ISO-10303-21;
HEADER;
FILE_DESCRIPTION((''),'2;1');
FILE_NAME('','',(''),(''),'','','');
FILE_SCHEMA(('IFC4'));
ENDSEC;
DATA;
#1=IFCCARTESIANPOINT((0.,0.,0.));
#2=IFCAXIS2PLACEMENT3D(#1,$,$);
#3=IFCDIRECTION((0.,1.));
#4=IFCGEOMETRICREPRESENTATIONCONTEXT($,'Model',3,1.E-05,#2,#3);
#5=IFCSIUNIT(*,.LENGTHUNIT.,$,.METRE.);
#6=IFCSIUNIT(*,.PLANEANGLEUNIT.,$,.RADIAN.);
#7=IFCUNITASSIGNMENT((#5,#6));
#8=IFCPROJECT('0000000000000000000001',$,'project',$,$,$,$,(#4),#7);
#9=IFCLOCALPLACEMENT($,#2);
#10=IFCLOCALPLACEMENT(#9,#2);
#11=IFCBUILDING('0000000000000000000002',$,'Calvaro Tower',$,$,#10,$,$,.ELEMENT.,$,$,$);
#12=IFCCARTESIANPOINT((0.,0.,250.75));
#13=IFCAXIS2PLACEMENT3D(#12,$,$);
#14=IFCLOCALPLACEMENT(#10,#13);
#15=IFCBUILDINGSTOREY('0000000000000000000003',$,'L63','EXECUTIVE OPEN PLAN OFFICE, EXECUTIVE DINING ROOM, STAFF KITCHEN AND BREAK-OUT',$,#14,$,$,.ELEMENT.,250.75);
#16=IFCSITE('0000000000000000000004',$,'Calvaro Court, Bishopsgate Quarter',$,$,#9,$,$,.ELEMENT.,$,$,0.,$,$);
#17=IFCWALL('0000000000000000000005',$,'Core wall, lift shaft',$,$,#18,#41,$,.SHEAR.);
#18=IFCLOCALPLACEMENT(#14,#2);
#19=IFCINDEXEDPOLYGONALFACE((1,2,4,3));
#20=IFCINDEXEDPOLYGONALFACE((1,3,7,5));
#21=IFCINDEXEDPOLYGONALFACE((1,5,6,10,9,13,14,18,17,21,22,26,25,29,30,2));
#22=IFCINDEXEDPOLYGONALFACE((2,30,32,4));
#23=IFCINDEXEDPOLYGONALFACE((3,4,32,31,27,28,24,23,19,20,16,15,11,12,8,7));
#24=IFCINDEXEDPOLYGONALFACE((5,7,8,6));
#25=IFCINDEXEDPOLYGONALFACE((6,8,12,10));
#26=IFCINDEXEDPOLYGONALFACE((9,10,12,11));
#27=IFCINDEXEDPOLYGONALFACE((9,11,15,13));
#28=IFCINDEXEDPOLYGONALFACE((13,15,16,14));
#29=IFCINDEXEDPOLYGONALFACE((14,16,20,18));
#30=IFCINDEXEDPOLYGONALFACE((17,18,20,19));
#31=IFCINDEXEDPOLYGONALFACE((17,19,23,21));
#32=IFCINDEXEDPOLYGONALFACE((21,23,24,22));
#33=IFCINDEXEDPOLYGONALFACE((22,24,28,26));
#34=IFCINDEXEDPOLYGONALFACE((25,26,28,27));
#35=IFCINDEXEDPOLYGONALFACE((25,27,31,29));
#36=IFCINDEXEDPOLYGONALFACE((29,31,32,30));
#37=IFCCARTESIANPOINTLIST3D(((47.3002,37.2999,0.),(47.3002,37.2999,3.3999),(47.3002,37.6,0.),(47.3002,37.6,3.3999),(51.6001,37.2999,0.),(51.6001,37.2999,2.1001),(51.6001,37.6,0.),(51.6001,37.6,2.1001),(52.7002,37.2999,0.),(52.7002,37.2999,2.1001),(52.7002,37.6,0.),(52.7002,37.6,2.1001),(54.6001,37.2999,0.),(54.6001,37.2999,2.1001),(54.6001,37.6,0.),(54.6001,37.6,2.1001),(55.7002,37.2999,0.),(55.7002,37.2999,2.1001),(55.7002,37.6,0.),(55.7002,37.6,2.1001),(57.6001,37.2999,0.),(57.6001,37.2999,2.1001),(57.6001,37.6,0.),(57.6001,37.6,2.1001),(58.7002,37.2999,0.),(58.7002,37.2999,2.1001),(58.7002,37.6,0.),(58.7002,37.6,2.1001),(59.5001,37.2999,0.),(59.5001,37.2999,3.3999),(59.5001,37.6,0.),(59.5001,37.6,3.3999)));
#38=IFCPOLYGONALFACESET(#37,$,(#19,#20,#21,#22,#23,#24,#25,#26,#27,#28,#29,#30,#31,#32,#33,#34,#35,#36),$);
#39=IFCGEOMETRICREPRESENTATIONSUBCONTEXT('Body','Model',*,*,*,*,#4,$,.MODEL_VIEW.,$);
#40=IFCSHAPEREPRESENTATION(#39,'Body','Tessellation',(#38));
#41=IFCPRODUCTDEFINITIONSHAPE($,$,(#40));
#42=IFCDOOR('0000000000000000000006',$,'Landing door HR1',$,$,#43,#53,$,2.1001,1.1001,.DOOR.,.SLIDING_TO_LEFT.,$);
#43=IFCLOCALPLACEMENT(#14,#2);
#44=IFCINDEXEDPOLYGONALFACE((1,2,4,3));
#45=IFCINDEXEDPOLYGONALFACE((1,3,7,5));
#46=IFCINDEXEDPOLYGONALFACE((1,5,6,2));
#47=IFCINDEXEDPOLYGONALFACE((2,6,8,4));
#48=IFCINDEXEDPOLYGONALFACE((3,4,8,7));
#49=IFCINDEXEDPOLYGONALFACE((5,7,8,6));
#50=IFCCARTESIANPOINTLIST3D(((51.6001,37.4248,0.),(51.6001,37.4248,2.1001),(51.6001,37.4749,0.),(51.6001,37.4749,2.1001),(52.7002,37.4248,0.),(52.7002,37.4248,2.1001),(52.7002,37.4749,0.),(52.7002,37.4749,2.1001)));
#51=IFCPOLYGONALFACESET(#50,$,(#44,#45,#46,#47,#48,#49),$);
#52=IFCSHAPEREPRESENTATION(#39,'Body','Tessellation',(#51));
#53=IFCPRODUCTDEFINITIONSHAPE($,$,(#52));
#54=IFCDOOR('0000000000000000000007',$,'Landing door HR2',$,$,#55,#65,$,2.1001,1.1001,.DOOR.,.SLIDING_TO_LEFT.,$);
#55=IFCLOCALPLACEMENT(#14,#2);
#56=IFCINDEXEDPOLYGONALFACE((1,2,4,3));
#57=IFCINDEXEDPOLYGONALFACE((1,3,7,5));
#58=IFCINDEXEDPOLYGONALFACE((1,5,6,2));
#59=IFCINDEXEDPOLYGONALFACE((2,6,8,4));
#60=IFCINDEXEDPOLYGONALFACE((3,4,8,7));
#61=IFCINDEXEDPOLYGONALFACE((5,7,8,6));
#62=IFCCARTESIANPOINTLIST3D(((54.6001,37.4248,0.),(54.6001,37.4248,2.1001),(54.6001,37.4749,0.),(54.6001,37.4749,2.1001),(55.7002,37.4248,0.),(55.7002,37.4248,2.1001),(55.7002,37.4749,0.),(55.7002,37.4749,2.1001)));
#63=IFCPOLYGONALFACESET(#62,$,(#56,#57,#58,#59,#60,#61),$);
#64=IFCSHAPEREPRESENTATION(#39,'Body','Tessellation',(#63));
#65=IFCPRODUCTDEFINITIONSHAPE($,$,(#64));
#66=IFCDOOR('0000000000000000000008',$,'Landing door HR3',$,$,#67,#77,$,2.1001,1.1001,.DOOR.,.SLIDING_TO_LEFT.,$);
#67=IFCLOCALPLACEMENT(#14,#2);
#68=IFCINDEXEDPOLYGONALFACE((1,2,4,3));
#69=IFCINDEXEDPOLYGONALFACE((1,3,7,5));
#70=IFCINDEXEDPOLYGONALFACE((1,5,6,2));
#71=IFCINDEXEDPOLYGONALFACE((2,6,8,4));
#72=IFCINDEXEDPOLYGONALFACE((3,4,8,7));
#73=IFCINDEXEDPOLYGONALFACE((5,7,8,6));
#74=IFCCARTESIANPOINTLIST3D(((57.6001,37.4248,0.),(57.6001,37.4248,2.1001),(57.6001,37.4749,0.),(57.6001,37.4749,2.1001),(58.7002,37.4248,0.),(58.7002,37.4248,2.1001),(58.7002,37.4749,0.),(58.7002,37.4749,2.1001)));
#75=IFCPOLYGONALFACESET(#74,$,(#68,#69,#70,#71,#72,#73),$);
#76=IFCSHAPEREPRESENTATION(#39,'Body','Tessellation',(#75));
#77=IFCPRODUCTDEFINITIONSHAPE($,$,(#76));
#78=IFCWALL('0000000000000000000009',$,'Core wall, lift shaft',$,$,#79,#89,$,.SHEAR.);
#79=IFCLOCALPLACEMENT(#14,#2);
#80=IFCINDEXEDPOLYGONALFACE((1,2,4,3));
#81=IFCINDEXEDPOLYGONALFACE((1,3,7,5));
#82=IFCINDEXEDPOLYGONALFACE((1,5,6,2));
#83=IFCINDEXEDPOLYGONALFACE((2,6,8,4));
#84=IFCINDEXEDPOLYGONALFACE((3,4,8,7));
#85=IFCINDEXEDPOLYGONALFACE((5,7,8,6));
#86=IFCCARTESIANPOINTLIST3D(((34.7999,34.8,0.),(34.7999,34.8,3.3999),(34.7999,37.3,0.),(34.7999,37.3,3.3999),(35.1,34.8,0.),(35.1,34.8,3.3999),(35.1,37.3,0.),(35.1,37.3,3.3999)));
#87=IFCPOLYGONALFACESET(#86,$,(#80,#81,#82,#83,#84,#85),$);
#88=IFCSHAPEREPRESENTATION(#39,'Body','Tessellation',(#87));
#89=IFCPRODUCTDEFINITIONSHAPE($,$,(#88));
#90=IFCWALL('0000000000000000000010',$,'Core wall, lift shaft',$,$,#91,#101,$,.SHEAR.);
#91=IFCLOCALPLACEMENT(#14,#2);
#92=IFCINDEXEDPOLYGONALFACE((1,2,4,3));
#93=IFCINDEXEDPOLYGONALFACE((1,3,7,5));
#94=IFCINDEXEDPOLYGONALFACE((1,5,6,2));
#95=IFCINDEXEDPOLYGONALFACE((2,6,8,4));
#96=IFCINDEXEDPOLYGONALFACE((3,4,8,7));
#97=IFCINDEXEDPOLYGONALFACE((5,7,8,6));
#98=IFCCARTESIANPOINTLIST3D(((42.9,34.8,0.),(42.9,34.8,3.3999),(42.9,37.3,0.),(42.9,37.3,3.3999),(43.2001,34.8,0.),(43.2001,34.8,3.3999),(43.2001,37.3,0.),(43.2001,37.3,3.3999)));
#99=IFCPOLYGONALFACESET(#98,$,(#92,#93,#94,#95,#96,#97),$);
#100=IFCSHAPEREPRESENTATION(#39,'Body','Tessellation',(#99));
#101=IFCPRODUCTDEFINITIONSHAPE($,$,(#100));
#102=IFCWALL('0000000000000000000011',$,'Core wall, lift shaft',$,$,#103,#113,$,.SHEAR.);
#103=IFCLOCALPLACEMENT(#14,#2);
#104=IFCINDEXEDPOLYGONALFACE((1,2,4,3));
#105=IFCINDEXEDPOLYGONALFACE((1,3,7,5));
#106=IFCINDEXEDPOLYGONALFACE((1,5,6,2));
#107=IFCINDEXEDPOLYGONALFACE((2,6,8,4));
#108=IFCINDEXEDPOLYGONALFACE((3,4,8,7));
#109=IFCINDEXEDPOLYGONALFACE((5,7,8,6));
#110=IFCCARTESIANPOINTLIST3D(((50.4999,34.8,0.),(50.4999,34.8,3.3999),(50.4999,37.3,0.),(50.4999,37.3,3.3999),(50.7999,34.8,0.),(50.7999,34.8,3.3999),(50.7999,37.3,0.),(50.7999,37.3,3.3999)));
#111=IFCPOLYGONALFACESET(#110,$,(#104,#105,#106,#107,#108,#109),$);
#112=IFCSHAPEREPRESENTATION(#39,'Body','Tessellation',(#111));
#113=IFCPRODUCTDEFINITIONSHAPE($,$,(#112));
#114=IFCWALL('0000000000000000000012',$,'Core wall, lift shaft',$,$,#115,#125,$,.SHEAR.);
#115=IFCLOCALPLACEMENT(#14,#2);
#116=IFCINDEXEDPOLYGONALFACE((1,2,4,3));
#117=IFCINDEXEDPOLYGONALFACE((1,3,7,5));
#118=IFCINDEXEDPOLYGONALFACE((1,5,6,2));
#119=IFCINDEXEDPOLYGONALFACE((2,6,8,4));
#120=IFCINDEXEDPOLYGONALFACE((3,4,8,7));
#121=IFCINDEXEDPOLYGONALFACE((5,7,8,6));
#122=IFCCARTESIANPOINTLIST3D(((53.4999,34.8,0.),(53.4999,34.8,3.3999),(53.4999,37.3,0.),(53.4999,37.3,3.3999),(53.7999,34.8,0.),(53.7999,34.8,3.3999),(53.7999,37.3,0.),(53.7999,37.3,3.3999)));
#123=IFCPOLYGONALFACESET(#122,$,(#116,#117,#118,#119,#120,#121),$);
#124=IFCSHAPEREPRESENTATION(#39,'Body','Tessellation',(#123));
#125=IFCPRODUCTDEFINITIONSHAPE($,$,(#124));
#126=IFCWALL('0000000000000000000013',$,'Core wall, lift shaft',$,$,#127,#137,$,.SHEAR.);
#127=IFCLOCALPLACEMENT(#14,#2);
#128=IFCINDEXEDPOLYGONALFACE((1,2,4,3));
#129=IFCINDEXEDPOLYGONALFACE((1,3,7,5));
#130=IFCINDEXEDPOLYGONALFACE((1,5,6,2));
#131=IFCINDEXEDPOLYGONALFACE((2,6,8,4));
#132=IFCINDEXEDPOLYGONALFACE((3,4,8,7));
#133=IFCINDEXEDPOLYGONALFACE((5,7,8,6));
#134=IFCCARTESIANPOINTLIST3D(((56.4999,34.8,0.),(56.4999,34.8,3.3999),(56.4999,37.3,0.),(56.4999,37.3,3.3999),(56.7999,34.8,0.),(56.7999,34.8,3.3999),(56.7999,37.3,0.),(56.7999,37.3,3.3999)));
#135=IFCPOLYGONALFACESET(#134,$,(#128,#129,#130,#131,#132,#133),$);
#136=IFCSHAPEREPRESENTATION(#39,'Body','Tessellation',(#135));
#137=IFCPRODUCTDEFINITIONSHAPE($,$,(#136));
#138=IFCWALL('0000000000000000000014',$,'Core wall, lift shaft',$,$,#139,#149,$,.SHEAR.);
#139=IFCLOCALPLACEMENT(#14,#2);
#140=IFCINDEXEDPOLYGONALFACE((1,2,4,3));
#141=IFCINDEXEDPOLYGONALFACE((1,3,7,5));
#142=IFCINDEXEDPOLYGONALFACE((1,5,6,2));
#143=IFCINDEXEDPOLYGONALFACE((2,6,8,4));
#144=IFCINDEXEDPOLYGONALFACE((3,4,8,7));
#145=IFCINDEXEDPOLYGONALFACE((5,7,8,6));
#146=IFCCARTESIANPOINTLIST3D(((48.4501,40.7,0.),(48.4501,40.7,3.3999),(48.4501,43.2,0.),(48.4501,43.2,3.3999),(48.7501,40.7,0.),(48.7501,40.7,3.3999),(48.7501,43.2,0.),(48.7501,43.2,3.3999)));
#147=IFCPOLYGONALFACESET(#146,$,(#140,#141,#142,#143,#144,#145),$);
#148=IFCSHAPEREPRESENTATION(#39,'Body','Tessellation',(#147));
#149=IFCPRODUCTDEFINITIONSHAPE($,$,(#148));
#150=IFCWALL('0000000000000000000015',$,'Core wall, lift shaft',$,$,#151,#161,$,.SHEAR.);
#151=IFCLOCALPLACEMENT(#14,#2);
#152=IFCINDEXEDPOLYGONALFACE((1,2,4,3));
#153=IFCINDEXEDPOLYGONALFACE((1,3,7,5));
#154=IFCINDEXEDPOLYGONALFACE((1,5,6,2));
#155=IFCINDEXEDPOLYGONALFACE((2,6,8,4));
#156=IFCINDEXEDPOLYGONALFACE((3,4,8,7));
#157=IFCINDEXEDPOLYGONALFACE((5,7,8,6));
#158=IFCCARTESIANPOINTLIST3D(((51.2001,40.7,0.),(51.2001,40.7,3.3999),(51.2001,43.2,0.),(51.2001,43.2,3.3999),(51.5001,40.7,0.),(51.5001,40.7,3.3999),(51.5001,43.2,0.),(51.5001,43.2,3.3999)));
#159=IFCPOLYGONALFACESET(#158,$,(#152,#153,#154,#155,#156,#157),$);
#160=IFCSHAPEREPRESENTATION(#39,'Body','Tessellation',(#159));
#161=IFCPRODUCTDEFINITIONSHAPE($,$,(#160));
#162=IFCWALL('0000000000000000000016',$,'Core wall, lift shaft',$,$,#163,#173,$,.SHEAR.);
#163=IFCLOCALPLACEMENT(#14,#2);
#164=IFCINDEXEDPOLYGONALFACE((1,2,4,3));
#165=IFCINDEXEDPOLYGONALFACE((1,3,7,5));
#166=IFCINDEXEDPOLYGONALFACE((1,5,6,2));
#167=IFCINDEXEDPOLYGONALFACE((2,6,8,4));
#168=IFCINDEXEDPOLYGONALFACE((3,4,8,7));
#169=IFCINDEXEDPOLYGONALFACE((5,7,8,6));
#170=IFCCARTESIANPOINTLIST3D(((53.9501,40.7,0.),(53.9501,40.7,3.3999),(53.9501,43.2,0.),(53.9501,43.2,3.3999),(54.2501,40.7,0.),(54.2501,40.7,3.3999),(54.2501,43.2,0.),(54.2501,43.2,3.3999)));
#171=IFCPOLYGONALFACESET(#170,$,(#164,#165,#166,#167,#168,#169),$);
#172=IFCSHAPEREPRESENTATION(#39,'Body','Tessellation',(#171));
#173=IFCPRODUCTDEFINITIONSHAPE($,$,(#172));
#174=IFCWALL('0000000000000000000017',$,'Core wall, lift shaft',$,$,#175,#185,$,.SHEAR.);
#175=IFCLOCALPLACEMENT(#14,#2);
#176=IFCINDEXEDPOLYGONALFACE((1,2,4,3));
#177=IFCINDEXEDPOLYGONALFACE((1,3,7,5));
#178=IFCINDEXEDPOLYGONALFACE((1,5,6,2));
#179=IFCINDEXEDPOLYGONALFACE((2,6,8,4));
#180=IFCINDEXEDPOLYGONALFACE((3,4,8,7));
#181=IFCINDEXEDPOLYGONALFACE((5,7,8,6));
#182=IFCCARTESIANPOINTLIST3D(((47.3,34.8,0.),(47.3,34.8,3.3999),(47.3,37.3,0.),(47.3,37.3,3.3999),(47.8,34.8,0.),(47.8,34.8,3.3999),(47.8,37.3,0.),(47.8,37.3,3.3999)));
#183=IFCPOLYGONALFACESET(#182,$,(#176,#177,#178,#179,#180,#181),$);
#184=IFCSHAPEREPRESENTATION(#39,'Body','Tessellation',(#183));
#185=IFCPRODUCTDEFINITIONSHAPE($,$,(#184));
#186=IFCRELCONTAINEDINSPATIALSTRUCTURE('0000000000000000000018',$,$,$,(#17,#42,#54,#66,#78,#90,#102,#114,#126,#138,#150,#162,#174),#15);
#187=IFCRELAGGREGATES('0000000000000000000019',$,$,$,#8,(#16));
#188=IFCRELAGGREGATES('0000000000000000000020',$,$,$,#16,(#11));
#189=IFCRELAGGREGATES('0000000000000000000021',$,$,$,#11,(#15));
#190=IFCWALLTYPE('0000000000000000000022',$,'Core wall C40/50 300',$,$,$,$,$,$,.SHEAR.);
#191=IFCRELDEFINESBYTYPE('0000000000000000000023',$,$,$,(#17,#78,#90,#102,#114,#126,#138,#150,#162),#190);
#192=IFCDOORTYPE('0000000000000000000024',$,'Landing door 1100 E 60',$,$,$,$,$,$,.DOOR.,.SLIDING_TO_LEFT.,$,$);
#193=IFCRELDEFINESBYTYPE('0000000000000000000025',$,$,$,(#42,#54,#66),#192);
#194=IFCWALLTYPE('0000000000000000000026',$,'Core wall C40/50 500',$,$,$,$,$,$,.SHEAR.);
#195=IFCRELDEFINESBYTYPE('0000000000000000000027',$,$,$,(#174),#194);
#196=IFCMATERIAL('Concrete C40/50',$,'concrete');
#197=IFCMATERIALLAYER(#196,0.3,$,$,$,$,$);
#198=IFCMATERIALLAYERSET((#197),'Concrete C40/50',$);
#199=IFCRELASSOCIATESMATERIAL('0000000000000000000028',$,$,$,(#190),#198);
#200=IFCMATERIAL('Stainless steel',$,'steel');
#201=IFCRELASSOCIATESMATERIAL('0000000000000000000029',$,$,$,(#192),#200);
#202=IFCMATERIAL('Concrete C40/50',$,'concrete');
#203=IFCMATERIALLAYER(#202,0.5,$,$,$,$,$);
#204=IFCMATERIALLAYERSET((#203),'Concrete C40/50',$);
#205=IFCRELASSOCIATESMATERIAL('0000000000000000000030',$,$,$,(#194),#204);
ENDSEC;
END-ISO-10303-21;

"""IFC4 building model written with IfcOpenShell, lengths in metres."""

from ifc_helpers import new_model, si_unit, direction, frame, frame_2d, origin, place, context, subcontext, project, spatial, rectangle, extrude, material, layer, layer_set, type_object, element, fill, save


model = new_model("IFC4")

# Units and contexts
model_context = context("Model", 3, precision=1e-05, world=origin(), true_north=direction((0.0, 1.0)))
body_context = subcontext(model_context, "Body", "Model", "MODEL_VIEW")
ifc_project = project(units=[si_unit("LENGTHUNIT", "METRE"), si_unit("PLANEANGLEUNIT", "RADIAN")], contexts=[model_context])

# Site, building, storey
site_placement = place(None, origin())
site = spatial("IfcSite", under=ifc_project, at=site_placement, Name="Calvaro Court, Bishopsgate Quarter", CompositionType="ELEMENT", RefElevation=0.0)
building_placement = place(site_placement, origin())
building = spatial("IfcBuilding", under=site, at=building_placement, Name="Calvaro Tower", CompositionType="ELEMENT")
storey_placement = place(building_placement, frame((0.0, 0.0, 250.75)))
storey = spatial("IfcBuildingStorey", under=building, at=storey_placement, Name="L63", Description="EXECUTIVE OPEN PLAN OFFICE, EXECUTIVE DINING ROOM, STAFF KITCHEN AND BREAK-OUT", CompositionType="ELEMENT", Elevation=250.75)

# Shared definitions
ifc_material_1 = material(Name="Concrete C40/50", Category="concrete")
ifc_layer_1 = layer(ifc_material_1, 0.3)
ifc_layer_set_1 = layer_set([ifc_layer_1], Name="Concrete C40/50")
wall_type_1 = type_object("IfcWallType", Name="Core wall C40/50 300", PredefinedType="SHEAR", material=ifc_layer_set_1)

# Shared definitions
ifc_material_2 = material(Name="Stainless steel", Category="steel")
door_type_1 = type_object("IfcDoorType", Name="Landing door 1100 E 60", OperationType="SLIDING_TO_LEFT", PredefinedType="DOOR", material=ifc_material_2)

# Wall, openings, doors
wall_1_placement = place(storey_placement, frame((47.3, 37.45, 0.0), z_axis=(0.0, 0.0, 1.0), x_axis=(1.0, 0.0, 0.0)))
wall_1 = element("IfcWall", 1, at=wall_1_placement, inside=storey, type_object=wall_type_1, Name="Core wall, lift shaft", PredefinedType="SHEAR", context=body_context, shape_type="SweptSolid", body=[
    extrude(rectangle(XDim=12.2, YDim=0.3, at=frame_2d((6.1001, 0.0))), origin(), (0.0, 0.0, 1.0), 3.3999),
])
opening_1_placement = place(wall_1_placement, frame((4.3, 0.0, 0.0)))
opening_1 = element("IfcOpeningElement", 2, at=opening_1_placement, cuts=wall_1, PredefinedType="OPENING", context=body_context, shape_type="SweptSolid", body=[
    extrude(rectangle(XDim=1.1001, YDim=2.1001, at=frame_2d((0.55, 1.05))), frame((0.0, 0.1599, 0.0), z_axis=(0.0, -1.0, 0.0), x_axis=(1.0, 0.0, 0.0)), (0.0, 0.0, 1.0), 0.3201),
])
opening_2_placement = place(wall_1_placement, frame((7.3, 0.0, 0.0)))
opening_2 = element("IfcOpeningElement", 3, at=opening_2_placement, cuts=wall_1, PredefinedType="OPENING", context=body_context, shape_type="SweptSolid", body=[
    extrude(rectangle(XDim=1.1001, YDim=2.1001, at=frame_2d((0.55, 1.05))), frame((0.0, 0.1599, 0.0), z_axis=(0.0, -1.0, 0.0), x_axis=(1.0, 0.0, 0.0)), (0.0, 0.0, 1.0), 0.3201),
])
opening_3_placement = place(wall_1_placement, frame((10.3, 0.0, 0.0)))
opening_3 = element("IfcOpeningElement", 4, at=opening_3_placement, cuts=wall_1, PredefinedType="OPENING", context=body_context, shape_type="SweptSolid", body=[
    extrude(rectangle(XDim=1.1001, YDim=2.1001, at=frame_2d((0.55, 1.05))), frame((0.0, 0.1599, 0.0), z_axis=(0.0, -1.0, 0.0), x_axis=(1.0, 0.0, 0.0)), (0.0, 0.0, 1.0), 0.3201),
])
door_1_placement = place(opening_1_placement, origin())
door_1 = element("IfcDoor", 5, at=door_1_placement, inside=storey, type_object=door_type_1, Name="Landing door HR1", OperationType="SLIDING_TO_LEFT", OverallHeight=2.1001, OverallWidth=1.1001, PredefinedType="DOOR", context=body_context, shape_type="SweptSolid", body=[
    extrude(rectangle(XDim=1.1001, YDim=2.1001, at=frame_2d((0.55, 1.05))), frame((0.0, 0.0249, 0.0), z_axis=(0.0, -1.0, 0.0), x_axis=(1.0, 0.0, 0.0)), (0.0, 0.0, 1.0), 0.05),
])
fill(opening_1, door_1)
door_2_placement = place(opening_2_placement, origin())
door_2 = element("IfcDoor", 6, at=door_2_placement, inside=storey, type_object=door_type_1, Name="Landing door HR2", OperationType="SLIDING_TO_LEFT", OverallHeight=2.1001, OverallWidth=1.1001, PredefinedType="DOOR", context=body_context, shape_type="SweptSolid", body=[
    extrude(rectangle(XDim=1.1001, YDim=2.1001, at=frame_2d((0.55, 1.05))), frame((0.0, 0.0249, 0.0), z_axis=(0.0, -1.0, 0.0), x_axis=(1.0, 0.0, 0.0)), (0.0, 0.0, 1.0), 0.05),
])
fill(opening_2, door_2)
door_3_placement = place(opening_3_placement, origin())
door_3 = element("IfcDoor", 7, at=door_3_placement, inside=storey, type_object=door_type_1, Name="Landing door HR3", OperationType="SLIDING_TO_LEFT", OverallHeight=2.1001, OverallWidth=1.1001, PredefinedType="DOOR", context=body_context, shape_type="SweptSolid", body=[
    extrude(rectangle(XDim=1.1001, YDim=2.1001, at=frame_2d((0.55, 1.05))), frame((0.0, 0.0249, 0.0), z_axis=(0.0, -1.0, 0.0), x_axis=(1.0, 0.0, 0.0)), (0.0, 0.0, 1.0), 0.05),
])
fill(opening_3, door_3)

# Walls
for number, where, z_axis, x_axis, name in (
    (8, (34.95, 34.8, 0.0), (0.0, 0.0, 1.0), (0.0, 1.0, 0.0), "Core wall, lift shaft"),
    (9, (43.05, 34.8, 0.0), (0.0, 0.0, 1.0), (0.0, 1.0, 0.0), "Core wall, lift shaft"),
    (10, (50.6499, 34.8, 0.0), (0.0, 0.0, 1.0), (0.0, 1.0, 0.0), "Core wall, lift shaft"),
    (11, (53.6499, 34.8, 0.0), (0.0, 0.0, 1.0), (0.0, 1.0, 0.0), "Core wall, lift shaft"),
    (12, (56.6499, 34.8, 0.0), (0.0, 0.0, 1.0), (0.0, 1.0, 0.0), "Core wall, lift shaft"),
    (13, (48.6001, 40.7, 0.0), (0.0, 0.0, 1.0), (0.0, 1.0, 0.0), "Core wall, lift shaft"),
    (14, (51.3501, 40.7, 0.0), (0.0, 0.0, 1.0), (0.0, 1.0, 0.0), "Core wall, lift shaft"),
    (15, (54.1001, 40.7, 0.0), (0.0, 0.0, 1.0), (0.0, 1.0, 0.0), "Core wall, lift shaft"),
):
    element("IfcWall", number, at=place(storey_placement, frame(where, z_axis=z_axis, x_axis=x_axis)), inside=storey, type_object=wall_type_1, Name=name, PredefinedType="SHEAR", context=body_context, shape_type="SweptSolid", body=[
        extrude(rectangle(XDim=2.5, YDim=0.3, at=frame_2d((1.25, 0.0))), origin(), (0.0, 0.0, 1.0), 3.3999),
    ])
ifc_material_3 = material(Name="Concrete C40/50", Category="concrete")
ifc_layer_2 = layer(ifc_material_3, 0.5)
ifc_layer_set_2 = layer_set([ifc_layer_2], Name="Concrete C40/50")
wall_type_2 = type_object("IfcWallType", Name="Core wall C40/50 500", PredefinedType="SHEAR", material=ifc_layer_set_2)
wall_2_placement = place(storey_placement, frame((47.55, 34.8, 0.0), z_axis=(0.0, 0.0, 1.0), x_axis=(0.0, 1.0, 0.0)))
element("IfcWall", 16, at=wall_2_placement, inside=storey, type_object=wall_type_2, Name="Core wall, lift shaft", PredefinedType="SHEAR", context=body_context, shape_type="SweptSolid", body=[
    extrude(rectangle(XDim=2.5, YDim=0.5, at=frame_2d((1.25, 0.0))), origin(), (0.0, 0.0, 1.0), 3.3999),
])

save(model, "model.ifc")
